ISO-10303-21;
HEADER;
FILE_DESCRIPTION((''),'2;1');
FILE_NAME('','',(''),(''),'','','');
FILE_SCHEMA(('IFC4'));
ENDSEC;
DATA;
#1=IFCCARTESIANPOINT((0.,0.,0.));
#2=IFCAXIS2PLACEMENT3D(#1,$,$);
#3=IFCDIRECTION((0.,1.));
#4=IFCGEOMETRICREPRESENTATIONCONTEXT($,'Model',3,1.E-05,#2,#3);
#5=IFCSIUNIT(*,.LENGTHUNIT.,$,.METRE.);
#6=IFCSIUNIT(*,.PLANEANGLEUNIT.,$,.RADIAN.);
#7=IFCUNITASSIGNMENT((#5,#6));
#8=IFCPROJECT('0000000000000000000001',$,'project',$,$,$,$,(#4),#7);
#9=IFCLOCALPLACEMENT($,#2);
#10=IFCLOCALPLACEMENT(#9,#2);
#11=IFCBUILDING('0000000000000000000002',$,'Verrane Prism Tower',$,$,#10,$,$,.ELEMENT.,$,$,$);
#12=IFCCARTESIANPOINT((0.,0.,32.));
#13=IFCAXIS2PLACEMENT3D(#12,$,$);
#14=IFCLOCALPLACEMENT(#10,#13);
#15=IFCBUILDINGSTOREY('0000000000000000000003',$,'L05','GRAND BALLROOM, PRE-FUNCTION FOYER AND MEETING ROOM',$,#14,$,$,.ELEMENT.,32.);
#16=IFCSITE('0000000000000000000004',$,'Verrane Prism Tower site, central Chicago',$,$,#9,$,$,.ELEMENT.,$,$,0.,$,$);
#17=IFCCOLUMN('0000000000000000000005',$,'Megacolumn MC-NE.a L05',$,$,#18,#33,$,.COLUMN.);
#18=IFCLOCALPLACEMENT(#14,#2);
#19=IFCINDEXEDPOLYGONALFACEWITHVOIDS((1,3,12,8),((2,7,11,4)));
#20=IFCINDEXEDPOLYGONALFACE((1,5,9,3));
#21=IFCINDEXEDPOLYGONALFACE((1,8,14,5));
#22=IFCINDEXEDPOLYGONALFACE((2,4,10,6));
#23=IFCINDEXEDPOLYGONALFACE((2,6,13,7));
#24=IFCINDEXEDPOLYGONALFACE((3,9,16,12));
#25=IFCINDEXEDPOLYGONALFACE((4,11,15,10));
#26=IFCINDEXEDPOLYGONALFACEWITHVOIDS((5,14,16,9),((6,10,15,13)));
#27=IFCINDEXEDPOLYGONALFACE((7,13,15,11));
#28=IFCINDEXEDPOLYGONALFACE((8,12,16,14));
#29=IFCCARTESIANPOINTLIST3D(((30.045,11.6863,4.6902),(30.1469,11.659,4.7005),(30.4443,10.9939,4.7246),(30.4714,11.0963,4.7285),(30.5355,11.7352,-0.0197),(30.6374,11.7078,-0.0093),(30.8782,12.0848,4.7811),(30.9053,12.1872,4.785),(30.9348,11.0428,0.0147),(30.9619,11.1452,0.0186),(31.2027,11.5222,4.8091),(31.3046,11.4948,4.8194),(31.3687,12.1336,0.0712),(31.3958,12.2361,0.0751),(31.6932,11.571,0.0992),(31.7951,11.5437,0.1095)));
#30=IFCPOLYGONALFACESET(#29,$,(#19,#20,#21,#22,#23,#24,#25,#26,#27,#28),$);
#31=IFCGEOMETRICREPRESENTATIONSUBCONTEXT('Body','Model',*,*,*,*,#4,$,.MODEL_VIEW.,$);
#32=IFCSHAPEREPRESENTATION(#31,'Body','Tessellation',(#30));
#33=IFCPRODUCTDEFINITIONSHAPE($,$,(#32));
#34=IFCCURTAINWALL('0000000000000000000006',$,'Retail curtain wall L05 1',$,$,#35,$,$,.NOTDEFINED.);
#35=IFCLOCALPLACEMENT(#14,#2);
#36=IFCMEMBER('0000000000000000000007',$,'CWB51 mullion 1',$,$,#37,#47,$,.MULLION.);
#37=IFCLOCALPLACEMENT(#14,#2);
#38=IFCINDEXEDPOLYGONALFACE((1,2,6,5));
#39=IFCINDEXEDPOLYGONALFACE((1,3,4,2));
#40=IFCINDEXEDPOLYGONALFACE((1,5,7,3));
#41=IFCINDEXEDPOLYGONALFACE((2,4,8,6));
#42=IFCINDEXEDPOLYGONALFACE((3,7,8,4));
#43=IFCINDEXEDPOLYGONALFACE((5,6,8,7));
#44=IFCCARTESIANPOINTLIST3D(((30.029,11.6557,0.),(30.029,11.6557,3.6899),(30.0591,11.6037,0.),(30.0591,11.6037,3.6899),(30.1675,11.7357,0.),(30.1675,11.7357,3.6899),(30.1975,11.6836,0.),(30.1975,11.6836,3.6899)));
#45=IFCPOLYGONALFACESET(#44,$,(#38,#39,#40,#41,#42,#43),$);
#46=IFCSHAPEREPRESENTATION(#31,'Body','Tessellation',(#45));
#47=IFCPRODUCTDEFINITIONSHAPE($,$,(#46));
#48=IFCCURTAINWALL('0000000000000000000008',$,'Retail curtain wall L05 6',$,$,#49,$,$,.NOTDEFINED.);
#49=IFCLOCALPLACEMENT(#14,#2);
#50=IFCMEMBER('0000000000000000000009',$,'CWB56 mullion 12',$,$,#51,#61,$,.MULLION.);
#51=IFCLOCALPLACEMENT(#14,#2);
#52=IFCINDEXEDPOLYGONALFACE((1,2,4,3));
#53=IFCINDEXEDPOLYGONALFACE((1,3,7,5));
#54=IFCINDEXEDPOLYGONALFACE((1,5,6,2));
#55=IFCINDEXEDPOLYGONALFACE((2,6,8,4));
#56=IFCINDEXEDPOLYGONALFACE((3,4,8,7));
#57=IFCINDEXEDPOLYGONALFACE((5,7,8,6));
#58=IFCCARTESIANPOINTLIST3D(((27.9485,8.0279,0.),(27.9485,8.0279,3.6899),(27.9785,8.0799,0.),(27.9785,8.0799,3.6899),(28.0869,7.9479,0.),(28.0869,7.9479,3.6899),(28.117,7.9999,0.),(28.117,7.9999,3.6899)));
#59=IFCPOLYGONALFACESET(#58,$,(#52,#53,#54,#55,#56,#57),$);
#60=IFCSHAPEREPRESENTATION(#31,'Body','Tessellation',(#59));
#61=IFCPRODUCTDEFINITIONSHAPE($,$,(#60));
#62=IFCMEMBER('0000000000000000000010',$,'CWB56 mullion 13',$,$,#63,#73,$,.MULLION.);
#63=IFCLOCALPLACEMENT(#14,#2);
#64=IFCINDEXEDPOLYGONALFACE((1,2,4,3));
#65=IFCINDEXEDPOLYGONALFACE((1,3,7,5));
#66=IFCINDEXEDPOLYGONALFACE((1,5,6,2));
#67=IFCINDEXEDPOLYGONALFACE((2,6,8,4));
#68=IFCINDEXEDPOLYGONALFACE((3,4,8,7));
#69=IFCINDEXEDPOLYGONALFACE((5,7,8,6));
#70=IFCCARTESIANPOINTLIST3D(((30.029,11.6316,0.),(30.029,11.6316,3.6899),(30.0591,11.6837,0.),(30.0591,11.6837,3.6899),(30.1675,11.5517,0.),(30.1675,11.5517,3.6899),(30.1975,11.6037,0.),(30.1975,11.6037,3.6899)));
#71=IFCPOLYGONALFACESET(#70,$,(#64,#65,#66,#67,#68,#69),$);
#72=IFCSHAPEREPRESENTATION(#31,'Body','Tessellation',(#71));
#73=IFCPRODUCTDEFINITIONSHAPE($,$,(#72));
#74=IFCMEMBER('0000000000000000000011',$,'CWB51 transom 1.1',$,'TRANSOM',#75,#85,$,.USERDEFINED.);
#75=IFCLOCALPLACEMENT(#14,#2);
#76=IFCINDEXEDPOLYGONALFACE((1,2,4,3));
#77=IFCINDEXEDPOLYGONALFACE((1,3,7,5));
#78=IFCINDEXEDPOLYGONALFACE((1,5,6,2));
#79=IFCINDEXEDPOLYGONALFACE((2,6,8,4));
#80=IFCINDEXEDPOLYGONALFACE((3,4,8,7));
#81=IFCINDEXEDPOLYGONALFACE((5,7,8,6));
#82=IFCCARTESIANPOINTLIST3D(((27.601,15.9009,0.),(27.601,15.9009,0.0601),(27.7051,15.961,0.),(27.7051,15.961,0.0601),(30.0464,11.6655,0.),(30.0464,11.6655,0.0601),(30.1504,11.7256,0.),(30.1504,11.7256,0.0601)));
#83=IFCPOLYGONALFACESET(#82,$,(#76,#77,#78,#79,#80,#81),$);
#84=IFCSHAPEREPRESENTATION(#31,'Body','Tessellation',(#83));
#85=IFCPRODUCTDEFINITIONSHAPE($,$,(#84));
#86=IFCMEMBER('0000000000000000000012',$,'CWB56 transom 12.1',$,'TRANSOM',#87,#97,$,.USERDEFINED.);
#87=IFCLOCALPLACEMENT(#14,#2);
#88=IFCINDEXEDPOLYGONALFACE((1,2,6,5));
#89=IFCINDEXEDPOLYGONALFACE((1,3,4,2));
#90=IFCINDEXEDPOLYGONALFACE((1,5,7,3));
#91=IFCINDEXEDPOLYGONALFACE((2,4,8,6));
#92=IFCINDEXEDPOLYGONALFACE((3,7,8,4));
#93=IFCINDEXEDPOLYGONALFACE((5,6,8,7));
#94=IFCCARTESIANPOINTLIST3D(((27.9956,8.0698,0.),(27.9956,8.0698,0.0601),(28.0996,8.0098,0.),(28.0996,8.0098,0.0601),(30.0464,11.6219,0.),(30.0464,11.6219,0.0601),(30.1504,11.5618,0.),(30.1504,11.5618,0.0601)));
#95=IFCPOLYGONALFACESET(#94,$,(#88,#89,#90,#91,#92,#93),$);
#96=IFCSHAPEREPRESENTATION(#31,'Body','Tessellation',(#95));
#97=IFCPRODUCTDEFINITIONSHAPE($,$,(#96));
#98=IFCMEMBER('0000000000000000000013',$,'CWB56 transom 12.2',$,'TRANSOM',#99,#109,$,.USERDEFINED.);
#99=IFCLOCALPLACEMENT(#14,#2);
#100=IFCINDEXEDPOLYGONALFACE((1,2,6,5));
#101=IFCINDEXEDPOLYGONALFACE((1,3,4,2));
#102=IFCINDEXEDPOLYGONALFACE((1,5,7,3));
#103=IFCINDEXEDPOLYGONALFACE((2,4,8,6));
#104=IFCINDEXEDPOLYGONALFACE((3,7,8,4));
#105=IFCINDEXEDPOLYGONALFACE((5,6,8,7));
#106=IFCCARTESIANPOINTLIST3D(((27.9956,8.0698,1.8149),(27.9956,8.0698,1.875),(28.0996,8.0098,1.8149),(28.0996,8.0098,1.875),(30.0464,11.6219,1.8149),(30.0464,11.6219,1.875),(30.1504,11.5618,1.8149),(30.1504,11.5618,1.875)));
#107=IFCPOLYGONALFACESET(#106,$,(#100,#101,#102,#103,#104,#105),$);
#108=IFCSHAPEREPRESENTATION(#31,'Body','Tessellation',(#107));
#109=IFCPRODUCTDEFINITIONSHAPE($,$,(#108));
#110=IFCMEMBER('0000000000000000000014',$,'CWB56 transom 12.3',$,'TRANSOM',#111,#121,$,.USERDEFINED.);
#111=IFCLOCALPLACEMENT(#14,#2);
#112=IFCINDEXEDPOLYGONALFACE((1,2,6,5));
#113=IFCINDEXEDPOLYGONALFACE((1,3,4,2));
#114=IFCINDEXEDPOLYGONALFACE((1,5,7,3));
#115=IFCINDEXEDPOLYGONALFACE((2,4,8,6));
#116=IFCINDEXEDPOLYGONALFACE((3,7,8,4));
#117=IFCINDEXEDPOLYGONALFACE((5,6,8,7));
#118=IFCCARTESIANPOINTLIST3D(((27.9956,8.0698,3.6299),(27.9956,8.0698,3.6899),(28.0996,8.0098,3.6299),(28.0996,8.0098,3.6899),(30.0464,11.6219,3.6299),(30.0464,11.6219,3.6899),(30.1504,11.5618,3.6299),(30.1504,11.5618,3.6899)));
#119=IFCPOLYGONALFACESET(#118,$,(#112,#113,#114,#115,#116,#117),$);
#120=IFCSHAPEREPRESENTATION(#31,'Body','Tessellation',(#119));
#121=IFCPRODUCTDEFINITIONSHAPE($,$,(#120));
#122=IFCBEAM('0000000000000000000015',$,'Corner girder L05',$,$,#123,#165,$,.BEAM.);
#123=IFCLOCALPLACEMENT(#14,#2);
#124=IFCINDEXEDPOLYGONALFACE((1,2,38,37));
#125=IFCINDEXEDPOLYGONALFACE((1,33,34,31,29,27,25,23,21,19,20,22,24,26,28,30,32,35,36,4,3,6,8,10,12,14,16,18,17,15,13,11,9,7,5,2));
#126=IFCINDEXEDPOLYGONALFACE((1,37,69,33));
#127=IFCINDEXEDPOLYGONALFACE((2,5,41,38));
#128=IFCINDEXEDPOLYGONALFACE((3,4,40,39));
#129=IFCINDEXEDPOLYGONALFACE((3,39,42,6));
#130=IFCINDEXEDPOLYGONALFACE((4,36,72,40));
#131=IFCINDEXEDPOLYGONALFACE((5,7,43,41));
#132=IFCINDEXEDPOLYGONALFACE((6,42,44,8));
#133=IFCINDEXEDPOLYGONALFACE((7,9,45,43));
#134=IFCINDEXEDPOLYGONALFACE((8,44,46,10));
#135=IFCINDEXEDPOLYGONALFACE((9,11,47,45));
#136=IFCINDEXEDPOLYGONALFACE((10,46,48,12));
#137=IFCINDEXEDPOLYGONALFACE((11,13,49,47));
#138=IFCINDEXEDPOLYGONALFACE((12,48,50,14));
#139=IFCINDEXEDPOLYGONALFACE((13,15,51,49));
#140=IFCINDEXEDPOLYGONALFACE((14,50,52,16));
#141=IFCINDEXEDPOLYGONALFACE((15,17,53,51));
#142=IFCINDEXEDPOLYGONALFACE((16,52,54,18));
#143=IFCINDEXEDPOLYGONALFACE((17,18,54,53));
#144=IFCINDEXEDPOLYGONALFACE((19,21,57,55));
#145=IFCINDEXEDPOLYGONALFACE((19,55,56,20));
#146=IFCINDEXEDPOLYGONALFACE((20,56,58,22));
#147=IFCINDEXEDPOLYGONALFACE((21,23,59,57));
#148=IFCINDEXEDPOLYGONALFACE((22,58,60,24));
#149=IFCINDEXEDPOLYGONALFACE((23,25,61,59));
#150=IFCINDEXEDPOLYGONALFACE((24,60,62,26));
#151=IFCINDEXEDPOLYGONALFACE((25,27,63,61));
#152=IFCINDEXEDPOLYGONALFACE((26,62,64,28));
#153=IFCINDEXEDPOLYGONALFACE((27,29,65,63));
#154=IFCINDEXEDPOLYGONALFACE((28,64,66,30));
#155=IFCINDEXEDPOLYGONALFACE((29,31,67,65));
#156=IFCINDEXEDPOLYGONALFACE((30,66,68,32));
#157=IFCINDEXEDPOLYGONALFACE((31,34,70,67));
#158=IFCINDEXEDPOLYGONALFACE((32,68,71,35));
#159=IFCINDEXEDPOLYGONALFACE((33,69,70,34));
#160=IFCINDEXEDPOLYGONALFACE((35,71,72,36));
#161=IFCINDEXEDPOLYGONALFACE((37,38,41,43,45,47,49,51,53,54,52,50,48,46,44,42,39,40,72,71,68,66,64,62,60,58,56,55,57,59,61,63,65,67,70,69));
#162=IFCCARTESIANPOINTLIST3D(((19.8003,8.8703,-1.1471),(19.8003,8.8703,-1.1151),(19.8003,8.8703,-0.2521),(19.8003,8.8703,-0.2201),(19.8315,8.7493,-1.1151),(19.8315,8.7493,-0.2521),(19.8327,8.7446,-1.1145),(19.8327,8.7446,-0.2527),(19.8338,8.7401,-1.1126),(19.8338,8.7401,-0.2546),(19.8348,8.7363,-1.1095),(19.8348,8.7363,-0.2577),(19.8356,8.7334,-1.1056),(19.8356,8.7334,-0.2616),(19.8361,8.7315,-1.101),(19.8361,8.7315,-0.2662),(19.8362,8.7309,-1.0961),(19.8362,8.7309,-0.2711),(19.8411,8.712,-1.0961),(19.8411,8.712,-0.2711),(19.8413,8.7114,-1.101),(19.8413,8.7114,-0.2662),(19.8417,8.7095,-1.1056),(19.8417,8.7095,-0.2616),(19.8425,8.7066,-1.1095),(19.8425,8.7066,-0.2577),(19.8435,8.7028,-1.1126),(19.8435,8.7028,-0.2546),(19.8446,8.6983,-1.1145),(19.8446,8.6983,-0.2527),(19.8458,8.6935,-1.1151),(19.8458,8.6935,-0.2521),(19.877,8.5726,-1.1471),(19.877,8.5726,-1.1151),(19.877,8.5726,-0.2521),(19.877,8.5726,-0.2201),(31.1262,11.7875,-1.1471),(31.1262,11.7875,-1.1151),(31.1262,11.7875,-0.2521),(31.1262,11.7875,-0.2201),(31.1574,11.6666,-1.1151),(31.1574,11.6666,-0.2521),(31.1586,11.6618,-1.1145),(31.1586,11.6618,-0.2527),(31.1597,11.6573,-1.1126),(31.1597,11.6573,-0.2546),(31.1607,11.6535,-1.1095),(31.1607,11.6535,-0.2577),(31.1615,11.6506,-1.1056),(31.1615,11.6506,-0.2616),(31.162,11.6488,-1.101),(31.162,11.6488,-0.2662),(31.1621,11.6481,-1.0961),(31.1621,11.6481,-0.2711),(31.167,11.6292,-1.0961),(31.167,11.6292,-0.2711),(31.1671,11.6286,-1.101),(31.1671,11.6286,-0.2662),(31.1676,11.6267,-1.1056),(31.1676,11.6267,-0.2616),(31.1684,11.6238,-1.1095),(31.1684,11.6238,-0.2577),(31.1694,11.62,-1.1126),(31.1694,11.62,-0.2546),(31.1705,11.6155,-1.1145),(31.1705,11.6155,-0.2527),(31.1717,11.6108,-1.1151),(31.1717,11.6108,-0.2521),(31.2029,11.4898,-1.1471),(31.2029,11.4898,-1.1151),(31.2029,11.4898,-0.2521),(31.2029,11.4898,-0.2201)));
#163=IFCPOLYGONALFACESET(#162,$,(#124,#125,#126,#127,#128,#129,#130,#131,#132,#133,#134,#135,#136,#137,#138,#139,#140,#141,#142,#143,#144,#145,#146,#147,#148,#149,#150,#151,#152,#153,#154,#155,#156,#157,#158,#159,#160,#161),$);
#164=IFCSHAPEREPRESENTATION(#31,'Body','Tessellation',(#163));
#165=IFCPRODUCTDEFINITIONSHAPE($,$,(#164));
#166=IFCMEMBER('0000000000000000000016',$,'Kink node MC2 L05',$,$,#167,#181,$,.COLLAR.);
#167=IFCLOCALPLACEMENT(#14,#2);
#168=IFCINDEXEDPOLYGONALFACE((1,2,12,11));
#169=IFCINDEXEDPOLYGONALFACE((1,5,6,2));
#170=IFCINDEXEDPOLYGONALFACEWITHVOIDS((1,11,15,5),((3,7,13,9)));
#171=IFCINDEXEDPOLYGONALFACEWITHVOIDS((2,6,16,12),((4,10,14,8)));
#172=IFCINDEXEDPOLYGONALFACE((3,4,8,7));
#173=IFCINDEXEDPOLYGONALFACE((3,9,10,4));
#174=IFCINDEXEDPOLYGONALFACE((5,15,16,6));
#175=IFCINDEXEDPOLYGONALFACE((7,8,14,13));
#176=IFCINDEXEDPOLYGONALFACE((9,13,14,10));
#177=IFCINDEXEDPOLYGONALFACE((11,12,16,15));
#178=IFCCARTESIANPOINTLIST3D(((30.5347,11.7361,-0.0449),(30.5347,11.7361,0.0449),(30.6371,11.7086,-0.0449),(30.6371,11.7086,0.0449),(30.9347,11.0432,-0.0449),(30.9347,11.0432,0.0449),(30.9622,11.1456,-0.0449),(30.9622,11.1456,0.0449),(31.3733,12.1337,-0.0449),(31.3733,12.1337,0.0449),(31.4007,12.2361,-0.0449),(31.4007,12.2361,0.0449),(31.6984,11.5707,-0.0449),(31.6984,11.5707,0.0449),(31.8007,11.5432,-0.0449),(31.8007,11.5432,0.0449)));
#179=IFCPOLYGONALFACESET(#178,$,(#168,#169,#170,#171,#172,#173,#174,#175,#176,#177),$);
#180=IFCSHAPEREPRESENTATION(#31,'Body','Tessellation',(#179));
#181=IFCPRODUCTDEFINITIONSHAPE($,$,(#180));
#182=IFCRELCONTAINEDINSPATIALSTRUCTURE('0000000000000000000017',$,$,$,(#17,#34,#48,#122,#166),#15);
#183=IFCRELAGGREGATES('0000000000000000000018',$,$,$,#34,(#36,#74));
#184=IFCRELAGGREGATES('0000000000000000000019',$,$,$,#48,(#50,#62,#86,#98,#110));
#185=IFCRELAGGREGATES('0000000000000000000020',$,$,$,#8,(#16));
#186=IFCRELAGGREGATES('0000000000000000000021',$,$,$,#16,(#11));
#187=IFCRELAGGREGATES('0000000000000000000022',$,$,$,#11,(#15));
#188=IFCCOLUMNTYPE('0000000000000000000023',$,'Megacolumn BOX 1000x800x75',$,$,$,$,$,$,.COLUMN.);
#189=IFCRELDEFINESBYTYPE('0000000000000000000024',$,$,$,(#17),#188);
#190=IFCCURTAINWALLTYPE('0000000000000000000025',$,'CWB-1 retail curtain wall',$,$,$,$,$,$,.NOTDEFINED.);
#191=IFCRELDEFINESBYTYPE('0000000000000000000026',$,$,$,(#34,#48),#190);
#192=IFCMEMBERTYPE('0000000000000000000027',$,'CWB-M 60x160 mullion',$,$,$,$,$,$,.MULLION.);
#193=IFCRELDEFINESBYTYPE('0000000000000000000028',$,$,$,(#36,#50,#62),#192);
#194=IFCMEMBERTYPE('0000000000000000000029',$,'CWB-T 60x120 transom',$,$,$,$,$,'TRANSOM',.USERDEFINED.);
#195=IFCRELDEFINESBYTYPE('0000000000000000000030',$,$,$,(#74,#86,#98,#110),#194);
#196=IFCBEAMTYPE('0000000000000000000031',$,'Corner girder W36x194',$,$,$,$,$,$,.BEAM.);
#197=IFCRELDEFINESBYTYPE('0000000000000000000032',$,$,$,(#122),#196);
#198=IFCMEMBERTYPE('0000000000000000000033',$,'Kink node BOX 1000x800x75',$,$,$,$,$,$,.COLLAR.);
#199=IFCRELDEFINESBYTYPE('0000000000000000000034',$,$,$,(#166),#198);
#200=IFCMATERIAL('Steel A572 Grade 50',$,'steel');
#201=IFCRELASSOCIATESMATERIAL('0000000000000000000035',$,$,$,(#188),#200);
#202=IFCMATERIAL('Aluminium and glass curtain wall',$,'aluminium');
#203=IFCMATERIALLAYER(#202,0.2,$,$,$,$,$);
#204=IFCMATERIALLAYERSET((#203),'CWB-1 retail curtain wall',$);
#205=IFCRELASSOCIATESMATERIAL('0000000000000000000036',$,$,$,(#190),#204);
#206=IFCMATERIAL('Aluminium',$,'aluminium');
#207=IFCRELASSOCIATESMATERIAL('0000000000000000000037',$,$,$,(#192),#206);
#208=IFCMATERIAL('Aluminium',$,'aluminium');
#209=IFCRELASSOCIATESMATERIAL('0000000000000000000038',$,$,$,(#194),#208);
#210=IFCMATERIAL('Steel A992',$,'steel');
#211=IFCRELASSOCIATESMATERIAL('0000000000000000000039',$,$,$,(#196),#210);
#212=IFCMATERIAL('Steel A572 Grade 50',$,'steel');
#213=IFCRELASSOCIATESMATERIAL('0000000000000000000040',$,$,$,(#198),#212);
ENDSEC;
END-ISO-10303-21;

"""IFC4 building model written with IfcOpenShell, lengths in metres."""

from ifc_helpers import new_model, si_unit, direction, frame, origin, origin_2d, place, context, subcontext, project, spatial, rectangle, hollow_rectangle, i_section, extrude, material, layer, layer_set, material_profile, profile_set, type_object, element, aggregate, save


model = new_model("IFC4")

# Units and contexts
model_context = context("Model", 3, precision=1e-05, world=origin(), true_north=direction((0.0, 1.0)))
body_context = subcontext(model_context, "Body", "Model", "MODEL_VIEW")
ifc_project = project(units=[si_unit("LENGTHUNIT", "METRE"), si_unit("PLANEANGLEUNIT", "RADIAN")], contexts=[model_context])

# Site, building, storey
site_placement = place(None, origin())
site = spatial("IfcSite", under=ifc_project, at=site_placement, Name="Verrane Prism Tower site, central Chicago", CompositionType="ELEMENT", RefElevation=0.0)
building_placement = place(site_placement, origin())
building = spatial("IfcBuilding", under=site, at=building_placement, Name="Verrane Prism Tower", CompositionType="ELEMENT")
storey_placement = place(building_placement, frame((0.0, 0.0, 32.0)))
storey = spatial("IfcBuildingStorey", under=building, at=storey_placement, Name="L05", Description="GRAND BALLROOM, PRE-FUNCTION FOYER AND MEETING ROOM", CompositionType="ELEMENT", Elevation=32.0)

# Column
ifc_material_1 = material(Name="Steel A572 Grade 50", Category="steel")
ifc_material_profile_1 = material_profile(ifc_material_1, hollow_rectangle(XDim=0.8, YDim=1.0, WallThickness=0.075, at=origin_2d()), Name="BOX 1000x800x75")
ifc_profile_set_1 = profile_set([ifc_material_profile_1], Name="Steel A572 Grade 50")
column_type = type_object("IfcColumnType", Name="Megacolumn BOX 1000x800x75", PredefinedType="COLUMN", material=ifc_profile_set_1)
column_placement = place(storey_placement, frame((31.1653, 11.6394, 0.0449), z_axis=(-0.103571, -0.010311, 0.994569), x_axis=(0.499155, -0.865445, 0.043008)))
element("IfcColumn", 1, at=column_placement, inside=storey, type_object=column_type, Name="Megacolumn MC-NE.a L05", PredefinedType="COLUMN", context=body_context, shape_type="SweptSolid", body=[
    extrude(hollow_rectangle(XDim=0.8, YDim=1.0, WallThickness=0.075, at=origin_2d()), origin(), (0.0, 0.0, 1.0), 4.7356),
])

# Curtain wall, member
ifc_material_2 = material(Name="Aluminium and glass curtain wall", Category="aluminium")
ifc_layer_1 = layer(ifc_material_2, 0.2)
ifc_layer_set_1 = layer_set([ifc_layer_1], Name="CWB-1 retail curtain wall")
curtain_wall_type = type_object("IfcCurtainWallType", Name="CWB-1 retail curtain wall", PredefinedType="NOTDEFINED", material=ifc_layer_set_1)
curtain_wall_1_placement = place(storey_placement, origin())
curtain_wall_1 = element("IfcCurtainWall", 2, at=curtain_wall_1_placement, inside=storey, type_object=curtain_wall_type, Name="Retail curtain wall L05 1", PredefinedType="NOTDEFINED")
ifc_material_3 = material(Name="Aluminium", Category="aluminium")
ifc_material_profile_2 = material_profile(ifc_material_3, rectangle(XDim=0.1599, YDim=0.0601, at=origin_2d()), Name="CWB-M 60x160 mullion")
ifc_profile_set_2 = profile_set([ifc_material_profile_2], Name="Aluminium")
member_type_1 = type_object("IfcMemberType", Name="CWB-M 60x160 mullion", PredefinedType="MULLION", material=ifc_profile_set_2)
member_1_placement = place(storey_placement, frame((30.1133, 11.6697, 0.0), z_axis=(0.0, 0.0, 1.0), x_axis=(-0.866026, -0.499999, 0.0)))
member_1 = element("IfcMember", 3, at=member_1_placement, type_object=member_type_1, Name="CWB51 mullion 1", PredefinedType="MULLION", context=body_context, shape_type="SweptSolid", body=[
    extrude(rectangle(XDim=0.1599, YDim=0.0601, at=origin_2d()), origin(), (0.0, 0.0, 1.0), 3.6899),
])

# Curtain wall, members
curtain_wall_2_placement = place(storey_placement, origin())
curtain_wall_2 = element("IfcCurtainWall", 4, at=curtain_wall_2_placement, inside=storey, type_object=curtain_wall_type, Name="Retail curtain wall L05 6", PredefinedType="NOTDEFINED")
member_2_placement = place(storey_placement, frame((28.0327, 8.0139, 0.0), z_axis=(0.0, 0.0, 1.0), x_axis=(-0.866025, 0.5, 0.0)))
member_2 = element("IfcMember", 5, at=member_2_placement, type_object=member_type_1, Name="CWB56 mullion 12", PredefinedType="MULLION", context=body_context, shape_type="SweptSolid", body=[
    extrude(rectangle(XDim=0.1599, YDim=0.0601, at=origin_2d()), origin(), (0.0, 0.0, 1.0), 3.6899),
])
member_3_placement = place(storey_placement, frame((30.1133, 11.6177, 0.0), z_axis=(0.0, 0.0, 1.0), x_axis=(-0.866025, 0.5, 0.0)))
member_3 = element("IfcMember", 6, at=member_3_placement, type_object=member_type_1, Name="CWB56 mullion 13", PredefinedType="MULLION", context=body_context, shape_type="SweptSolid", body=[
    extrude(rectangle(XDim=0.1599, YDim=0.0601, at=origin_2d()), origin(), (0.0, 0.0, 1.0), 3.6899),
])

# Members
ifc_material_4 = material(Name="Aluminium", Category="aluminium")
ifc_material_profile_3 = material_profile(ifc_material_4, rectangle(XDim=0.1201, YDim=0.0601, at=origin_2d()), Name="CWB-T 60x120 transom")
ifc_profile_set_3 = profile_set([ifc_material_profile_3], Name="Aluminium")
member_type_2 = type_object("IfcMemberType", Name="CWB-T 60x120 transom", ElementType="TRANSOM", PredefinedType="USERDEFINED", material=ifc_profile_set_3)
member_4_placement = place(storey_placement, frame((30.0984, 11.6956, 0.03), z_axis=(-0.500005, 0.866023, 0.0), x_axis=(-0.866023, -0.500005, 0.0)))
member_4 = element("IfcMember", 7, at=member_4_placement, type_object=member_type_2, Name="CWB51 transom 1.1", ObjectType="TRANSOM", PredefinedType="USERDEFINED", context=body_context, shape_type="SweptSolid", body=[
    extrude(rectangle(XDim=0.1201, YDim=0.0601, at=origin_2d()), origin(), (0.0, 0.0, 1.0), 4.8906),
])
aggregate(curtain_wall_1, [member_1, member_4])
member_5_placement = place(storey_placement, frame((28.0476, 8.0398, 0.03), z_axis=(0.500006, 0.866022, 0.0), x_axis=(-0.866022, 0.500006, 0.0)))
member_5 = element("IfcMember", 8, at=member_5_placement, type_object=member_type_2, Name="CWB56 transom 12.1", ObjectType="TRANSOM", PredefinedType="USERDEFINED", context=body_context, shape_type="SweptSolid", body=[
    extrude(rectangle(XDim=0.1201, YDim=0.0601, at=origin_2d()), origin(), (0.0, 0.0, 1.0), 4.1016),
])
member_6_placement = place(storey_placement, frame((28.0476, 8.0398, 1.845), z_axis=(0.500006, 0.866022, 0.0), x_axis=(-0.866022, 0.500006, 0.0)))
member_6 = element("IfcMember", 9, at=member_6_placement, type_object=member_type_2, Name="CWB56 transom 12.2", ObjectType="TRANSOM", PredefinedType="USERDEFINED", context=body_context, shape_type="SweptSolid", body=[
    extrude(rectangle(XDim=0.1201, YDim=0.0601, at=origin_2d()), origin(), (0.0, 0.0, 1.0), 4.1016),
])
member_7_placement = place(storey_placement, frame((28.0476, 8.0398, 3.6599), z_axis=(0.500006, 0.866022, 0.0), x_axis=(-0.866022, 0.500006, 0.0)))
member_7 = element("IfcMember", 10, at=member_7_placement, type_object=member_type_2, Name="CWB56 transom 12.3", ObjectType="TRANSOM", PredefinedType="USERDEFINED", context=body_context, shape_type="SweptSolid", body=[
    extrude(rectangle(XDim=0.1201, YDim=0.0601, at=origin_2d()), origin(), (0.0, 0.0, 1.0), 4.1016),
])

# Beam
ifc_material_5 = material(Name="Steel A992", Category="steel")
ifc_material_profile_4 = material_profile(ifc_material_5, i_section(OverallWidth=0.3074, OverallDepth=0.927, WebThickness=0.0195, FlangeThickness=0.032, FilletRadius=0.019, at=origin_2d()), Name="W36x194")
ifc_profile_set_4 = profile_set([ifc_material_profile_4], Name="Steel A992")
beam_type_1 = type_object("IfcBeamType", Name="Corner girder W36x194", PredefinedType="BEAM", material=ifc_profile_set_4)
beam_1_placement = place(storey_placement, frame((31.1646, 11.6387, -0.6836), z_axis=(-0.968393, -0.24943, 0.0), x_axis=(0.24943, -0.968393, 0.0)))
element("IfcBeam", 11, at=beam_1_placement, inside=storey, type_object=beam_type_1, Name="Corner girder L05", PredefinedType="BEAM", context=body_context, shape_type="SweptSolid", body=[
    extrude(i_section(OverallWidth=0.3074, OverallDepth=0.927, WebThickness=0.0195, FlangeThickness=0.032, FilletRadius=0.019, at=origin_2d()), origin(), (0.0, 0.0, 1.0), 11.6956),
])

# Member
ifc_material_6 = material(Name="Steel A572 Grade 50", Category="steel")
ifc_material_profile_5 = material_profile(ifc_material_6, hollow_rectangle(XDim=0.8, YDim=1.0, WallThickness=0.075, at=origin_2d()), Name="BOX 1000x800x75")
ifc_profile_set_5 = profile_set([ifc_material_profile_5], Name="Steel A572 Grade 50")
member_type_3 = type_object("IfcMemberType", Name="Kink node BOX 1000x800x75", PredefinedType="COLLAR", material=ifc_profile_set_5)
member_8_placement = place(storey_placement, frame((31.1677, 11.6396, -0.0449), z_axis=(0.0, 0.0, 1.0), x_axis=(0.5, -0.866025, 0.0)))
element("IfcMember", 12, at=member_8_placement, inside=storey, type_object=member_type_3, Name="Kink node MC2 L05", PredefinedType="COLLAR", context=body_context, shape_type="SweptSolid", body=[
    extrude(hollow_rectangle(XDim=0.8, YDim=1.0, WallThickness=0.075, at=origin_2d()), origin(), (0.0, 0.0, 1.0), 0.0898),
])

aggregate(curtain_wall_2, [member_2, member_3, member_5, member_6, member_7])

save(model, "model.ifc")
